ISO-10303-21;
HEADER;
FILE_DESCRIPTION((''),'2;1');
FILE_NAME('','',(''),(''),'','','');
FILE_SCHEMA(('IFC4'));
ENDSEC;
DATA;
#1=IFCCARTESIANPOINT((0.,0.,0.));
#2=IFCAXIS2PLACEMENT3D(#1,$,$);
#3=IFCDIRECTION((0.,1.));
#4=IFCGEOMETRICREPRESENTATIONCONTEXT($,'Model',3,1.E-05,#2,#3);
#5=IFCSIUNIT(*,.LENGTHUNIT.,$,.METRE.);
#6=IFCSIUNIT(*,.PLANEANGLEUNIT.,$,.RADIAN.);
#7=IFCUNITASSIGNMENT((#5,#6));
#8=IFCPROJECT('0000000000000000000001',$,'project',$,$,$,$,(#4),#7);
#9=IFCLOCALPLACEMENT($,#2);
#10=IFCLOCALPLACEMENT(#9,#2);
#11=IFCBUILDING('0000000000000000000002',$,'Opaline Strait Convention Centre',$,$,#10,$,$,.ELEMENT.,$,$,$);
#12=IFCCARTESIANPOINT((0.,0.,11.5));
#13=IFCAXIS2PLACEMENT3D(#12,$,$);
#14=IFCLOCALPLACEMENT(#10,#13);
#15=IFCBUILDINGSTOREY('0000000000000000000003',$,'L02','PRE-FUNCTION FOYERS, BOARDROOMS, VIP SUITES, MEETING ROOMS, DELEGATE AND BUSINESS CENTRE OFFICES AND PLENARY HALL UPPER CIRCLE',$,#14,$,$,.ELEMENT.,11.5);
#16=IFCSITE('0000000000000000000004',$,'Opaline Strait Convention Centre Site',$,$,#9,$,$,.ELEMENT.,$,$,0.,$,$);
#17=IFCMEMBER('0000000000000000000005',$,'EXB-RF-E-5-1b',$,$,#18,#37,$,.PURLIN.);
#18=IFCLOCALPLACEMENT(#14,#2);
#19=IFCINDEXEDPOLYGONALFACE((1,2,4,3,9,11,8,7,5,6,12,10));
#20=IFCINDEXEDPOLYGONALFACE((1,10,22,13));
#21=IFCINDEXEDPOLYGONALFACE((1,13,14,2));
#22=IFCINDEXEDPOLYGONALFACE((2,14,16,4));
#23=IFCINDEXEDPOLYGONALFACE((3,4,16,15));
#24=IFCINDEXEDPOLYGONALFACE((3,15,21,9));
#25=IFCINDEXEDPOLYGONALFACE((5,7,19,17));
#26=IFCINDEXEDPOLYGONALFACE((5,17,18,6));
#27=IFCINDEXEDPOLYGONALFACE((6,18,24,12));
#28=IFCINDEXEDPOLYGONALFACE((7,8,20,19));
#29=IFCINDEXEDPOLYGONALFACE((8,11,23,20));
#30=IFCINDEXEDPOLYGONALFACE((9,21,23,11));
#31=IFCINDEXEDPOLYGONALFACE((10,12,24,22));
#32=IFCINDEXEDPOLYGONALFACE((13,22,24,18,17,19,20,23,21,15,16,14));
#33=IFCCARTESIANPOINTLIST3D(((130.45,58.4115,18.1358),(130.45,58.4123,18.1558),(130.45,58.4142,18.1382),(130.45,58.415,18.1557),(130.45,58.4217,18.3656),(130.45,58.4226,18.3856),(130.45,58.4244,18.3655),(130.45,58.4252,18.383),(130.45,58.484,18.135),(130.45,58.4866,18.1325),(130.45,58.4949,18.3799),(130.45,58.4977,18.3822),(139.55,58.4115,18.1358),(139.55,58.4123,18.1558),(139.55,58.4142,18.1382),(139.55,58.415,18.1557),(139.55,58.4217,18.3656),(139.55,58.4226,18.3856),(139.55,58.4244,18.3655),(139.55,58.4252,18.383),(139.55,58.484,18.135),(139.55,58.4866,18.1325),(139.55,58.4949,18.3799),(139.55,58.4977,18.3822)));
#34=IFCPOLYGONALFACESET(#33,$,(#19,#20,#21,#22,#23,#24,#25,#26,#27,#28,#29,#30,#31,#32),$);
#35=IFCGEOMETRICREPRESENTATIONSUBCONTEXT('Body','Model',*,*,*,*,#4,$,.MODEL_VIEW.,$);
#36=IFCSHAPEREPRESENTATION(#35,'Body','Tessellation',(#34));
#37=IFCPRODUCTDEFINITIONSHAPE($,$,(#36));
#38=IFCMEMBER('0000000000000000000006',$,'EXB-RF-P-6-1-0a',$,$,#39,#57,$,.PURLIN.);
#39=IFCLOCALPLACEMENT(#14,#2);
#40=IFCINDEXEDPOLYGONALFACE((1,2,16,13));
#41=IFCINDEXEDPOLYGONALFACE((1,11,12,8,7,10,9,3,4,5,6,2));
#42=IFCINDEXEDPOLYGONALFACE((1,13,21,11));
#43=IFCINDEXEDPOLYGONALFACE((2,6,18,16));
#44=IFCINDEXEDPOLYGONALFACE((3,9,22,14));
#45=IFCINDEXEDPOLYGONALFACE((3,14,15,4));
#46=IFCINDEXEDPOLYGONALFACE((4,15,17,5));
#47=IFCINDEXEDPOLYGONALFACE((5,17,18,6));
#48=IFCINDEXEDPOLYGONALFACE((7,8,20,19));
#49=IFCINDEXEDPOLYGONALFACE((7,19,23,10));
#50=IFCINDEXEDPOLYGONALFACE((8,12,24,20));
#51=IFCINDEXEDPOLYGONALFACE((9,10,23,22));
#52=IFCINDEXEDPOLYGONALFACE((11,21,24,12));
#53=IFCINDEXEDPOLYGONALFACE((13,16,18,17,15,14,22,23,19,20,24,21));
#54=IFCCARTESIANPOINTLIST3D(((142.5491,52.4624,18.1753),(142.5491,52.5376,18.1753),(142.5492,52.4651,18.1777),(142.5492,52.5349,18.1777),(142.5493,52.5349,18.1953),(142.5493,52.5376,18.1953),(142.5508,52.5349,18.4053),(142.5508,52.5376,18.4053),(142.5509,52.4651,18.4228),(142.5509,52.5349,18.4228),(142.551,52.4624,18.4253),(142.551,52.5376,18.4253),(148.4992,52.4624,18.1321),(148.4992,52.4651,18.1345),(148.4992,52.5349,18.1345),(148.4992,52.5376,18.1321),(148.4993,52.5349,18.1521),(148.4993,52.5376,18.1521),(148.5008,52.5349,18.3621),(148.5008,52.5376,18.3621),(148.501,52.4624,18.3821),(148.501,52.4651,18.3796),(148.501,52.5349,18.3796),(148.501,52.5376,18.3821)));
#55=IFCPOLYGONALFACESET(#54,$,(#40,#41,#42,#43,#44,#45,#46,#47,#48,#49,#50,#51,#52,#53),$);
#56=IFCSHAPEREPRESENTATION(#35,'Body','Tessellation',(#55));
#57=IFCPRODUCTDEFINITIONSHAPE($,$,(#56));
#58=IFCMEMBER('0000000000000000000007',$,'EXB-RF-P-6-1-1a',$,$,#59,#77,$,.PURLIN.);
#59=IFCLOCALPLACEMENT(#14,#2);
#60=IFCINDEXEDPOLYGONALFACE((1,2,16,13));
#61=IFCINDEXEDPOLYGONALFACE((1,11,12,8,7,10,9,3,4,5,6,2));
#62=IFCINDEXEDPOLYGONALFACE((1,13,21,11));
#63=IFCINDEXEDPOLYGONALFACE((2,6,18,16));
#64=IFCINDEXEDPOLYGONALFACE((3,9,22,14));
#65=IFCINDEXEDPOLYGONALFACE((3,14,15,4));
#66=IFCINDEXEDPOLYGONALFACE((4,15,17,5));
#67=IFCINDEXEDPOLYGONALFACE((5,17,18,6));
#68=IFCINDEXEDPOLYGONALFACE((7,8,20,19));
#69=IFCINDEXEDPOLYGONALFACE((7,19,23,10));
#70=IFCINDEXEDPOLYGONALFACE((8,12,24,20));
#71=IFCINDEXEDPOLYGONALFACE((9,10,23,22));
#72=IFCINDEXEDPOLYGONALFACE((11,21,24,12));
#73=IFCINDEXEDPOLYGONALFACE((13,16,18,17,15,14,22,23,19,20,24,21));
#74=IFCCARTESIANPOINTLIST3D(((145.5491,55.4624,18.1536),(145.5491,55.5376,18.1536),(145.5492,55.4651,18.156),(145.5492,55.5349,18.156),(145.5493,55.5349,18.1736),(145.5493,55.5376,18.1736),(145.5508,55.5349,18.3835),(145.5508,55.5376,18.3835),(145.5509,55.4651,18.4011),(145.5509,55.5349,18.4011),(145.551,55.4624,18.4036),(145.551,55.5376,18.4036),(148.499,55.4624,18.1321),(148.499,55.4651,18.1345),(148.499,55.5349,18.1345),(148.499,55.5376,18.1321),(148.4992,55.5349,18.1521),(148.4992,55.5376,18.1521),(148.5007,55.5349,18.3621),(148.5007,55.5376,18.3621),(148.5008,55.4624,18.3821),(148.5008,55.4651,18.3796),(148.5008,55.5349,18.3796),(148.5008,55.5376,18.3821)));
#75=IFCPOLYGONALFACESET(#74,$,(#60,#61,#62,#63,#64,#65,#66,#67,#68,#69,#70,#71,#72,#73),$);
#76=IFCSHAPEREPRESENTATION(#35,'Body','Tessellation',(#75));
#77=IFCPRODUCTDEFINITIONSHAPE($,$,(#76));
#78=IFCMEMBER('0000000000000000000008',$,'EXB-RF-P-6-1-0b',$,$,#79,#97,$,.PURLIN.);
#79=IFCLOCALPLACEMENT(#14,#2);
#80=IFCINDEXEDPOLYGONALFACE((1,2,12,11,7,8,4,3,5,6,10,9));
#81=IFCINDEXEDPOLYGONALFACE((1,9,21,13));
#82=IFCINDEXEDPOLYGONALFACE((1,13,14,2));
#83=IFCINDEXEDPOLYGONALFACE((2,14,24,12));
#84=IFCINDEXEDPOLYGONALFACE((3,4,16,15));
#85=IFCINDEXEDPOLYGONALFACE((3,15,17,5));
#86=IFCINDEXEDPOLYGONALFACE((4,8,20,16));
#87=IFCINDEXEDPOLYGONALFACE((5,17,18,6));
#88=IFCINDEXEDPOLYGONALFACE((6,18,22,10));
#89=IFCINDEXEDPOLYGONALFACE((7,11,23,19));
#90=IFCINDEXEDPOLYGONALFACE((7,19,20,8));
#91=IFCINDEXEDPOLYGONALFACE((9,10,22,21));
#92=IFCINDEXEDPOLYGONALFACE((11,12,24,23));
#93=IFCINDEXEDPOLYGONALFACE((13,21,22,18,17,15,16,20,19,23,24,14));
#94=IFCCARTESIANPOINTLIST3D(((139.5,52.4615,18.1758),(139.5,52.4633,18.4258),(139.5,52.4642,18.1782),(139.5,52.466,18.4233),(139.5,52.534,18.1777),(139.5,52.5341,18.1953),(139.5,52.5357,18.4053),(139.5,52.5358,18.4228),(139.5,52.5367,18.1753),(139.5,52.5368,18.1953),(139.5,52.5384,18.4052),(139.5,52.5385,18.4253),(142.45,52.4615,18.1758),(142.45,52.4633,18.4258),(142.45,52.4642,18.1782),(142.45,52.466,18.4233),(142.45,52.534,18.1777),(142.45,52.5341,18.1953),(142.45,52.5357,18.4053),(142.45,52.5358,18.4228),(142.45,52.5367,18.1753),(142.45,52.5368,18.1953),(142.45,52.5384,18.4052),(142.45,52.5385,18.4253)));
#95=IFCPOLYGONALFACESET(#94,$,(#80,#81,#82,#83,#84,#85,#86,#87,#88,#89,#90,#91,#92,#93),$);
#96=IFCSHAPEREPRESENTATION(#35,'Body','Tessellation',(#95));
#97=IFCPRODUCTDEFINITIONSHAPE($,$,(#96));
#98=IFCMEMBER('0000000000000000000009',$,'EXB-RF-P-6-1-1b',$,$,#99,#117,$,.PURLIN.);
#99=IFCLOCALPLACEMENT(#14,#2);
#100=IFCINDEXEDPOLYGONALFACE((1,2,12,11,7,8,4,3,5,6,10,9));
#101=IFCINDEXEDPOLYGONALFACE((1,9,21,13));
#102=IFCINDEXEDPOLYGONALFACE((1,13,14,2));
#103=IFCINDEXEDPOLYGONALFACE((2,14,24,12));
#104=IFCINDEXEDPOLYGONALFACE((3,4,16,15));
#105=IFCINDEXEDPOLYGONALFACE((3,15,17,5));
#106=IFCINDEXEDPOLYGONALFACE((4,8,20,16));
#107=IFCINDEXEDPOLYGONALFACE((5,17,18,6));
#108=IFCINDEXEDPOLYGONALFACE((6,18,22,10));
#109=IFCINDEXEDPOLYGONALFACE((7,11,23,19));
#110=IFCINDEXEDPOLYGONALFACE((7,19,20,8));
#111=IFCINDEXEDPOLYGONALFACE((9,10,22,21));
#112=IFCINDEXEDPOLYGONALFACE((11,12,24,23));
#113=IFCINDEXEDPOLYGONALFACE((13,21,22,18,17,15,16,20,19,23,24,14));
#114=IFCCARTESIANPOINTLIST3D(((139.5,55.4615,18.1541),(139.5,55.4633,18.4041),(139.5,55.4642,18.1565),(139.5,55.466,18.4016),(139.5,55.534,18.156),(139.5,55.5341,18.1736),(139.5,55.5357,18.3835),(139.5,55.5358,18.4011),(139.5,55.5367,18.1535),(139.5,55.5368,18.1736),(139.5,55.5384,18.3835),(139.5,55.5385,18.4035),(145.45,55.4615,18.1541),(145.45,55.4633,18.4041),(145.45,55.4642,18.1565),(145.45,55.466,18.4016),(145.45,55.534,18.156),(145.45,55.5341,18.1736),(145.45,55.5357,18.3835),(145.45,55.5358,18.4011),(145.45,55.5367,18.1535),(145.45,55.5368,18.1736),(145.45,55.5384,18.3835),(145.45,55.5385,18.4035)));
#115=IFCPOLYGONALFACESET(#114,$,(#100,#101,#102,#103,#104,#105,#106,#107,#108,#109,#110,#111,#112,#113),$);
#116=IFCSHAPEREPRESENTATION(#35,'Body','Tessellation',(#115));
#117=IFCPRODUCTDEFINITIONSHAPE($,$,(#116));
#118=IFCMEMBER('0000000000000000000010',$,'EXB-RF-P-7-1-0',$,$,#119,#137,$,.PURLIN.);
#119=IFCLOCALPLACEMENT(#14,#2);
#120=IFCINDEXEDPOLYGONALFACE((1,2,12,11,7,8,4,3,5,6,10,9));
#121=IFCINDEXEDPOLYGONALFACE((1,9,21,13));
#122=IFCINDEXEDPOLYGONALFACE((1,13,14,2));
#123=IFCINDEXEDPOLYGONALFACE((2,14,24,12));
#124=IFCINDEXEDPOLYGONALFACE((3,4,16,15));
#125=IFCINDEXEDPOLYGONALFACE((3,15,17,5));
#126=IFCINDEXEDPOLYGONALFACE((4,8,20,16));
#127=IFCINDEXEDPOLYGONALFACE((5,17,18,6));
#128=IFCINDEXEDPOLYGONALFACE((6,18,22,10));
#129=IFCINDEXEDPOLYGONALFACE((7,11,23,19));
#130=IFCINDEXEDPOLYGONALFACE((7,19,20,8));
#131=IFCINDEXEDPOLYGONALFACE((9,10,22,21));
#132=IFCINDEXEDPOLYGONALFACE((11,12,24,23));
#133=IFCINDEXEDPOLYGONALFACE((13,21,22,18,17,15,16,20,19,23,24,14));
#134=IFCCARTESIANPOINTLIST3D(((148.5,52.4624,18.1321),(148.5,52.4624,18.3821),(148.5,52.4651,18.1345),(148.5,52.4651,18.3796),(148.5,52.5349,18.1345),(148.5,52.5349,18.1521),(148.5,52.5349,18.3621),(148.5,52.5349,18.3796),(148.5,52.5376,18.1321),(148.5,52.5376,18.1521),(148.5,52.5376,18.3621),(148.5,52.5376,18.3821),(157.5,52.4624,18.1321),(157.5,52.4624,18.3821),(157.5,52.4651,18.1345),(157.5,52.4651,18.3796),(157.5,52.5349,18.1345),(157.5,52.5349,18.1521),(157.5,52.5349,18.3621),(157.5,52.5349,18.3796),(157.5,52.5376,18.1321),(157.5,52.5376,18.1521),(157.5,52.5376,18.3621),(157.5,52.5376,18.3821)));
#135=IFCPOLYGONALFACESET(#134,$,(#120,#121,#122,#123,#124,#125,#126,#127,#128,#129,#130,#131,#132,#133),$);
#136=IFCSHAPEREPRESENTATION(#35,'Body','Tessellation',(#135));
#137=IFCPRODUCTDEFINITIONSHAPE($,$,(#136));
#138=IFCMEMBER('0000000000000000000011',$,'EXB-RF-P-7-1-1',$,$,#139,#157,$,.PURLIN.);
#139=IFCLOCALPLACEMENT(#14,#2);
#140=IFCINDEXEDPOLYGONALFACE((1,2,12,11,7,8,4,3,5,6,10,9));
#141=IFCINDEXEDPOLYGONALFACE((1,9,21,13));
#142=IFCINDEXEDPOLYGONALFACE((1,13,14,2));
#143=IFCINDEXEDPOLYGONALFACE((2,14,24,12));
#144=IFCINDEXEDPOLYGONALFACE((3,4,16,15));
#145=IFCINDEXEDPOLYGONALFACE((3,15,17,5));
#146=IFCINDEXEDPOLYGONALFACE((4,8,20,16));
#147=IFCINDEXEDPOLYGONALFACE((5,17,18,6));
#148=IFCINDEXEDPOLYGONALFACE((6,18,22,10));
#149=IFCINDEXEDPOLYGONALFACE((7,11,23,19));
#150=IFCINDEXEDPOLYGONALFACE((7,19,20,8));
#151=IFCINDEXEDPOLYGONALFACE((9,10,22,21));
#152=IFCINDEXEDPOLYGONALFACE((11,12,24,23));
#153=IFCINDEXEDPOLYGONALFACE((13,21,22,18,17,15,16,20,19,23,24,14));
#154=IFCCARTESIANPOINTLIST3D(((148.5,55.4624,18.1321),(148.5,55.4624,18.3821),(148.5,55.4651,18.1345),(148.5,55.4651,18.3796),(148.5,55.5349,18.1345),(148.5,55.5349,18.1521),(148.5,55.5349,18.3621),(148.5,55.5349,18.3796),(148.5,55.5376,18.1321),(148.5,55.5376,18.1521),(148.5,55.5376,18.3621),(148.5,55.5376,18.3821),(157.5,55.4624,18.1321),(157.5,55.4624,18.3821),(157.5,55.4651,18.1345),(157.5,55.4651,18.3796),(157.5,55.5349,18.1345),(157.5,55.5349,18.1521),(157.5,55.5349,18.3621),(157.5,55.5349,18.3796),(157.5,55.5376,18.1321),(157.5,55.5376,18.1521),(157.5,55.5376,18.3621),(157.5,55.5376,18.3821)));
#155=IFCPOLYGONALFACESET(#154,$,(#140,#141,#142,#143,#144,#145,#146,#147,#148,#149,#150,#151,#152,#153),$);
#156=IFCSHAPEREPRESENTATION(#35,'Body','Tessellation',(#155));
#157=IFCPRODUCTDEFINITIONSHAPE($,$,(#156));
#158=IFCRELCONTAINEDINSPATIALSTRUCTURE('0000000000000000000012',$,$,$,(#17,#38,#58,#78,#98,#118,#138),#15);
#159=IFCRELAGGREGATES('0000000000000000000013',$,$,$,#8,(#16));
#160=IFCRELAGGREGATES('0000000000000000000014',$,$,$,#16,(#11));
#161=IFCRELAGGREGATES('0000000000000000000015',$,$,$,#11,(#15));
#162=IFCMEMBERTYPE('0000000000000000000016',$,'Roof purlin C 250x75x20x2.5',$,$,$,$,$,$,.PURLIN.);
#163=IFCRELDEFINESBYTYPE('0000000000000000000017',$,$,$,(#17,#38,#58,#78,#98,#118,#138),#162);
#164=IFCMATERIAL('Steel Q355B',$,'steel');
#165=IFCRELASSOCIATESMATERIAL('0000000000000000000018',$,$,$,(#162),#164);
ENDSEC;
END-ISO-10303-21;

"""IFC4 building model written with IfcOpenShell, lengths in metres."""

from ifc_helpers import new_model, si_unit, direction, frame, origin, place, context, subcontext, project, spatial, polyline, outline, extrude, material, material_profile, profile_set, type_object, element, save


model = new_model("IFC4")

# Units and contexts
model_context = context("Model", 3, precision=1e-05, world=origin(), true_north=direction((0.0, 1.0)))
body_context = subcontext(model_context, "Body", "Model", "MODEL_VIEW")
ifc_project = project(units=[si_unit("LENGTHUNIT", "METRE"), si_unit("PLANEANGLEUNIT", "RADIAN")], contexts=[model_context])

# Site, building, storey
site_placement = place(None, origin())
site = spatial("IfcSite", under=ifc_project, at=site_placement, Name="Opaline Strait Convention Centre Site", CompositionType="ELEMENT", RefElevation=0.0)
building_placement = place(site_placement, origin())
building = spatial("IfcBuilding", under=site, at=building_placement, Name="Opaline Strait Convention Centre", CompositionType="ELEMENT")
storey_placement = place(building_placement, frame((0.0, 0.0, 11.5)))
storey = spatial("IfcBuildingStorey", under=building, at=storey_placement, Name="L02", Description="PRE-FUNCTION FOYERS, BOARDROOMS, VIP SUITES, MEETING ROOMS, DELEGATE AND BUSINESS CENTRE OFFICES AND PLENARY HALL UPPER CIRCLE", CompositionType="ELEMENT", Elevation=11.5)

# Members
ifc_material_1 = material(Name="Steel Q355B", Category="steel")
ifc_material_profile_1 = material_profile(ifc_material_1, outline(polyline([(-0.0376, -0.125), (0.0376, -0.125), (0.0376, -0.105), (0.0349, -0.105), (0.0349, -0.1226), (-0.0349, -0.1226), (-0.0349, 0.1226), (0.0349, 0.1226), (0.0349, 0.105), (0.0376, 0.105), (0.0376, 0.125), (-0.0376, 0.125), (-0.0376, -0.125)])), Name="C 250x75x20x2.5")
ifc_profile_set_1 = profile_set([ifc_material_profile_1], Name="Steel Q355B")
member_type_1 = type_object("IfcMemberType", Name="Roof purlin C 250x75x20x2.5", PredefinedType="PURLIN", material=ifc_profile_set_1)
member_1_placement = place(storey_placement, frame((139.55, 58.4546, 18.259), z_axis=(-1.0, 0.0, 0.0), x_axis=(0.0, -0.999005, 0.044606)))
element("IfcMember", 1, at=member_1_placement, inside=storey, type_object=member_type_1, Name="EXB-RF-E-5-1b", PredefinedType="PURLIN", context=body_context, shape_type="SweptSolid", body=[
    extrude(outline(polyline([(-0.0376, -0.125), (0.0376, -0.125), (0.0376, -0.105), (0.0349, -0.105), (0.0349, -0.1226), (-0.0349, -0.1226), (-0.0349, 0.1226), (0.0349, 0.1226), (0.0349, 0.105), (0.0376, 0.105), (0.0376, 0.125), (-0.0376, 0.125), (-0.0376, -0.125)])), origin(), (0.0, 0.0, 1.0), 9.1001),
])
member_2_placement = place(storey_placement, frame((142.55, 52.5, 18.3003), z_axis=(0.999974, 0.0, -0.007263), x_axis=(0.0, 1.0, 0.0)))
element("IfcMember", 2, at=member_2_placement, inside=storey, type_object=member_type_1, Name="EXB-RF-P-6-1-0a", PredefinedType="PURLIN", context=body_context, shape_type="SweptSolid", body=[
    extrude(outline(polyline([(-0.0376, -0.125), (0.0376, -0.125), (0.0376, -0.105), (0.0349, -0.105), (0.0349, -0.1226), (-0.0349, -0.1226), (-0.0349, 0.1226), (0.0349, 0.1226), (0.0349, 0.105), (0.0376, 0.105), (0.0376, 0.125), (-0.0376, 0.125), (-0.0376, -0.125)])), origin(), (0.0, 0.0, 1.0), 5.9502),
])
for number, where, z_axis, x_axis, name in (
    (3, (145.55, 55.5, 18.2786), (0.999973, 0.0, -0.007283), (0.0, 1.0, 0.0), "EXB-RF-P-6-1-1a"),
    (4, (139.5, 52.5, 18.3005), (1.0, 0.0, 0.0), (0.0, 0.999974, -0.007274), "EXB-RF-P-6-1-0b"),
):
    element("IfcMember", number, at=place(storey_placement, frame(where, z_axis=z_axis, x_axis=x_axis)), inside=storey, type_object=member_type_1, Name=name, PredefinedType="PURLIN", context=body_context, shape_type="SweptSolid", body=[
        extrude(outline(polyline([(-0.0376, -0.125), (0.0376, -0.125), (0.0376, -0.105), (0.0349, -0.105), (0.0349, -0.1226), (-0.0349, -0.1226), (-0.0349, 0.1226), (0.0349, 0.1226), (0.0349, 0.105), (0.0376, 0.105), (0.0376, 0.125), (-0.0376, 0.125), (-0.0376, -0.125)])), origin(), (0.0, 0.0, 1.0), 2.95),
    ])
member_3_placement = place(storey_placement, frame((139.5, 55.5, 18.2788), z_axis=(1.0, 0.0, 0.0), x_axis=(0.0, 0.999974, -0.007274)))
element("IfcMember", 5, at=member_3_placement, inside=storey, type_object=member_type_1, Name="EXB-RF-P-6-1-1b", PredefinedType="PURLIN", context=body_context, shape_type="SweptSolid", body=[
    extrude(outline(polyline([(-0.0376, -0.125), (0.0376, -0.125), (0.0376, -0.105), (0.0349, -0.105), (0.0349, -0.1226), (-0.0349, -0.1226), (-0.0349, 0.1226), (0.0349, 0.1226), (0.0349, 0.105), (0.0376, 0.105), (0.0376, 0.125), (-0.0376, 0.125), (-0.0376, -0.125)])), origin(), (0.0, 0.0, 1.0), 5.95),
])
for number, where, z_axis, x_axis, name in (
    (6, (148.5, 52.5, 18.2571), (1.0, 0.0, 0.0), (0.0, 1.0, 0.0), "EXB-RF-P-7-1-0"),
    (7, (148.5, 55.5, 18.2571), (1.0, 0.0, 0.0), (0.0, 1.0, 0.0), "EXB-RF-P-7-1-1"),
):
    element("IfcMember", number, at=place(storey_placement, frame(where, z_axis=z_axis, x_axis=x_axis)), inside=storey, type_object=member_type_1, Name=name, PredefinedType="PURLIN", context=body_context, shape_type="SweptSolid", body=[
        extrude(outline(polyline([(-0.0376, -0.125), (0.0376, -0.125), (0.0376, -0.105), (0.0349, -0.105), (0.0349, -0.1226), (-0.0349, -0.1226), (-0.0349, 0.1226), (0.0349, 0.1226), (0.0349, 0.105), (0.0376, 0.105), (0.0376, 0.125), (-0.0376, 0.125), (-0.0376, -0.125)])), origin(), (0.0, 0.0, 1.0), 9.0),
    ])

save(model, "model.ifc")
